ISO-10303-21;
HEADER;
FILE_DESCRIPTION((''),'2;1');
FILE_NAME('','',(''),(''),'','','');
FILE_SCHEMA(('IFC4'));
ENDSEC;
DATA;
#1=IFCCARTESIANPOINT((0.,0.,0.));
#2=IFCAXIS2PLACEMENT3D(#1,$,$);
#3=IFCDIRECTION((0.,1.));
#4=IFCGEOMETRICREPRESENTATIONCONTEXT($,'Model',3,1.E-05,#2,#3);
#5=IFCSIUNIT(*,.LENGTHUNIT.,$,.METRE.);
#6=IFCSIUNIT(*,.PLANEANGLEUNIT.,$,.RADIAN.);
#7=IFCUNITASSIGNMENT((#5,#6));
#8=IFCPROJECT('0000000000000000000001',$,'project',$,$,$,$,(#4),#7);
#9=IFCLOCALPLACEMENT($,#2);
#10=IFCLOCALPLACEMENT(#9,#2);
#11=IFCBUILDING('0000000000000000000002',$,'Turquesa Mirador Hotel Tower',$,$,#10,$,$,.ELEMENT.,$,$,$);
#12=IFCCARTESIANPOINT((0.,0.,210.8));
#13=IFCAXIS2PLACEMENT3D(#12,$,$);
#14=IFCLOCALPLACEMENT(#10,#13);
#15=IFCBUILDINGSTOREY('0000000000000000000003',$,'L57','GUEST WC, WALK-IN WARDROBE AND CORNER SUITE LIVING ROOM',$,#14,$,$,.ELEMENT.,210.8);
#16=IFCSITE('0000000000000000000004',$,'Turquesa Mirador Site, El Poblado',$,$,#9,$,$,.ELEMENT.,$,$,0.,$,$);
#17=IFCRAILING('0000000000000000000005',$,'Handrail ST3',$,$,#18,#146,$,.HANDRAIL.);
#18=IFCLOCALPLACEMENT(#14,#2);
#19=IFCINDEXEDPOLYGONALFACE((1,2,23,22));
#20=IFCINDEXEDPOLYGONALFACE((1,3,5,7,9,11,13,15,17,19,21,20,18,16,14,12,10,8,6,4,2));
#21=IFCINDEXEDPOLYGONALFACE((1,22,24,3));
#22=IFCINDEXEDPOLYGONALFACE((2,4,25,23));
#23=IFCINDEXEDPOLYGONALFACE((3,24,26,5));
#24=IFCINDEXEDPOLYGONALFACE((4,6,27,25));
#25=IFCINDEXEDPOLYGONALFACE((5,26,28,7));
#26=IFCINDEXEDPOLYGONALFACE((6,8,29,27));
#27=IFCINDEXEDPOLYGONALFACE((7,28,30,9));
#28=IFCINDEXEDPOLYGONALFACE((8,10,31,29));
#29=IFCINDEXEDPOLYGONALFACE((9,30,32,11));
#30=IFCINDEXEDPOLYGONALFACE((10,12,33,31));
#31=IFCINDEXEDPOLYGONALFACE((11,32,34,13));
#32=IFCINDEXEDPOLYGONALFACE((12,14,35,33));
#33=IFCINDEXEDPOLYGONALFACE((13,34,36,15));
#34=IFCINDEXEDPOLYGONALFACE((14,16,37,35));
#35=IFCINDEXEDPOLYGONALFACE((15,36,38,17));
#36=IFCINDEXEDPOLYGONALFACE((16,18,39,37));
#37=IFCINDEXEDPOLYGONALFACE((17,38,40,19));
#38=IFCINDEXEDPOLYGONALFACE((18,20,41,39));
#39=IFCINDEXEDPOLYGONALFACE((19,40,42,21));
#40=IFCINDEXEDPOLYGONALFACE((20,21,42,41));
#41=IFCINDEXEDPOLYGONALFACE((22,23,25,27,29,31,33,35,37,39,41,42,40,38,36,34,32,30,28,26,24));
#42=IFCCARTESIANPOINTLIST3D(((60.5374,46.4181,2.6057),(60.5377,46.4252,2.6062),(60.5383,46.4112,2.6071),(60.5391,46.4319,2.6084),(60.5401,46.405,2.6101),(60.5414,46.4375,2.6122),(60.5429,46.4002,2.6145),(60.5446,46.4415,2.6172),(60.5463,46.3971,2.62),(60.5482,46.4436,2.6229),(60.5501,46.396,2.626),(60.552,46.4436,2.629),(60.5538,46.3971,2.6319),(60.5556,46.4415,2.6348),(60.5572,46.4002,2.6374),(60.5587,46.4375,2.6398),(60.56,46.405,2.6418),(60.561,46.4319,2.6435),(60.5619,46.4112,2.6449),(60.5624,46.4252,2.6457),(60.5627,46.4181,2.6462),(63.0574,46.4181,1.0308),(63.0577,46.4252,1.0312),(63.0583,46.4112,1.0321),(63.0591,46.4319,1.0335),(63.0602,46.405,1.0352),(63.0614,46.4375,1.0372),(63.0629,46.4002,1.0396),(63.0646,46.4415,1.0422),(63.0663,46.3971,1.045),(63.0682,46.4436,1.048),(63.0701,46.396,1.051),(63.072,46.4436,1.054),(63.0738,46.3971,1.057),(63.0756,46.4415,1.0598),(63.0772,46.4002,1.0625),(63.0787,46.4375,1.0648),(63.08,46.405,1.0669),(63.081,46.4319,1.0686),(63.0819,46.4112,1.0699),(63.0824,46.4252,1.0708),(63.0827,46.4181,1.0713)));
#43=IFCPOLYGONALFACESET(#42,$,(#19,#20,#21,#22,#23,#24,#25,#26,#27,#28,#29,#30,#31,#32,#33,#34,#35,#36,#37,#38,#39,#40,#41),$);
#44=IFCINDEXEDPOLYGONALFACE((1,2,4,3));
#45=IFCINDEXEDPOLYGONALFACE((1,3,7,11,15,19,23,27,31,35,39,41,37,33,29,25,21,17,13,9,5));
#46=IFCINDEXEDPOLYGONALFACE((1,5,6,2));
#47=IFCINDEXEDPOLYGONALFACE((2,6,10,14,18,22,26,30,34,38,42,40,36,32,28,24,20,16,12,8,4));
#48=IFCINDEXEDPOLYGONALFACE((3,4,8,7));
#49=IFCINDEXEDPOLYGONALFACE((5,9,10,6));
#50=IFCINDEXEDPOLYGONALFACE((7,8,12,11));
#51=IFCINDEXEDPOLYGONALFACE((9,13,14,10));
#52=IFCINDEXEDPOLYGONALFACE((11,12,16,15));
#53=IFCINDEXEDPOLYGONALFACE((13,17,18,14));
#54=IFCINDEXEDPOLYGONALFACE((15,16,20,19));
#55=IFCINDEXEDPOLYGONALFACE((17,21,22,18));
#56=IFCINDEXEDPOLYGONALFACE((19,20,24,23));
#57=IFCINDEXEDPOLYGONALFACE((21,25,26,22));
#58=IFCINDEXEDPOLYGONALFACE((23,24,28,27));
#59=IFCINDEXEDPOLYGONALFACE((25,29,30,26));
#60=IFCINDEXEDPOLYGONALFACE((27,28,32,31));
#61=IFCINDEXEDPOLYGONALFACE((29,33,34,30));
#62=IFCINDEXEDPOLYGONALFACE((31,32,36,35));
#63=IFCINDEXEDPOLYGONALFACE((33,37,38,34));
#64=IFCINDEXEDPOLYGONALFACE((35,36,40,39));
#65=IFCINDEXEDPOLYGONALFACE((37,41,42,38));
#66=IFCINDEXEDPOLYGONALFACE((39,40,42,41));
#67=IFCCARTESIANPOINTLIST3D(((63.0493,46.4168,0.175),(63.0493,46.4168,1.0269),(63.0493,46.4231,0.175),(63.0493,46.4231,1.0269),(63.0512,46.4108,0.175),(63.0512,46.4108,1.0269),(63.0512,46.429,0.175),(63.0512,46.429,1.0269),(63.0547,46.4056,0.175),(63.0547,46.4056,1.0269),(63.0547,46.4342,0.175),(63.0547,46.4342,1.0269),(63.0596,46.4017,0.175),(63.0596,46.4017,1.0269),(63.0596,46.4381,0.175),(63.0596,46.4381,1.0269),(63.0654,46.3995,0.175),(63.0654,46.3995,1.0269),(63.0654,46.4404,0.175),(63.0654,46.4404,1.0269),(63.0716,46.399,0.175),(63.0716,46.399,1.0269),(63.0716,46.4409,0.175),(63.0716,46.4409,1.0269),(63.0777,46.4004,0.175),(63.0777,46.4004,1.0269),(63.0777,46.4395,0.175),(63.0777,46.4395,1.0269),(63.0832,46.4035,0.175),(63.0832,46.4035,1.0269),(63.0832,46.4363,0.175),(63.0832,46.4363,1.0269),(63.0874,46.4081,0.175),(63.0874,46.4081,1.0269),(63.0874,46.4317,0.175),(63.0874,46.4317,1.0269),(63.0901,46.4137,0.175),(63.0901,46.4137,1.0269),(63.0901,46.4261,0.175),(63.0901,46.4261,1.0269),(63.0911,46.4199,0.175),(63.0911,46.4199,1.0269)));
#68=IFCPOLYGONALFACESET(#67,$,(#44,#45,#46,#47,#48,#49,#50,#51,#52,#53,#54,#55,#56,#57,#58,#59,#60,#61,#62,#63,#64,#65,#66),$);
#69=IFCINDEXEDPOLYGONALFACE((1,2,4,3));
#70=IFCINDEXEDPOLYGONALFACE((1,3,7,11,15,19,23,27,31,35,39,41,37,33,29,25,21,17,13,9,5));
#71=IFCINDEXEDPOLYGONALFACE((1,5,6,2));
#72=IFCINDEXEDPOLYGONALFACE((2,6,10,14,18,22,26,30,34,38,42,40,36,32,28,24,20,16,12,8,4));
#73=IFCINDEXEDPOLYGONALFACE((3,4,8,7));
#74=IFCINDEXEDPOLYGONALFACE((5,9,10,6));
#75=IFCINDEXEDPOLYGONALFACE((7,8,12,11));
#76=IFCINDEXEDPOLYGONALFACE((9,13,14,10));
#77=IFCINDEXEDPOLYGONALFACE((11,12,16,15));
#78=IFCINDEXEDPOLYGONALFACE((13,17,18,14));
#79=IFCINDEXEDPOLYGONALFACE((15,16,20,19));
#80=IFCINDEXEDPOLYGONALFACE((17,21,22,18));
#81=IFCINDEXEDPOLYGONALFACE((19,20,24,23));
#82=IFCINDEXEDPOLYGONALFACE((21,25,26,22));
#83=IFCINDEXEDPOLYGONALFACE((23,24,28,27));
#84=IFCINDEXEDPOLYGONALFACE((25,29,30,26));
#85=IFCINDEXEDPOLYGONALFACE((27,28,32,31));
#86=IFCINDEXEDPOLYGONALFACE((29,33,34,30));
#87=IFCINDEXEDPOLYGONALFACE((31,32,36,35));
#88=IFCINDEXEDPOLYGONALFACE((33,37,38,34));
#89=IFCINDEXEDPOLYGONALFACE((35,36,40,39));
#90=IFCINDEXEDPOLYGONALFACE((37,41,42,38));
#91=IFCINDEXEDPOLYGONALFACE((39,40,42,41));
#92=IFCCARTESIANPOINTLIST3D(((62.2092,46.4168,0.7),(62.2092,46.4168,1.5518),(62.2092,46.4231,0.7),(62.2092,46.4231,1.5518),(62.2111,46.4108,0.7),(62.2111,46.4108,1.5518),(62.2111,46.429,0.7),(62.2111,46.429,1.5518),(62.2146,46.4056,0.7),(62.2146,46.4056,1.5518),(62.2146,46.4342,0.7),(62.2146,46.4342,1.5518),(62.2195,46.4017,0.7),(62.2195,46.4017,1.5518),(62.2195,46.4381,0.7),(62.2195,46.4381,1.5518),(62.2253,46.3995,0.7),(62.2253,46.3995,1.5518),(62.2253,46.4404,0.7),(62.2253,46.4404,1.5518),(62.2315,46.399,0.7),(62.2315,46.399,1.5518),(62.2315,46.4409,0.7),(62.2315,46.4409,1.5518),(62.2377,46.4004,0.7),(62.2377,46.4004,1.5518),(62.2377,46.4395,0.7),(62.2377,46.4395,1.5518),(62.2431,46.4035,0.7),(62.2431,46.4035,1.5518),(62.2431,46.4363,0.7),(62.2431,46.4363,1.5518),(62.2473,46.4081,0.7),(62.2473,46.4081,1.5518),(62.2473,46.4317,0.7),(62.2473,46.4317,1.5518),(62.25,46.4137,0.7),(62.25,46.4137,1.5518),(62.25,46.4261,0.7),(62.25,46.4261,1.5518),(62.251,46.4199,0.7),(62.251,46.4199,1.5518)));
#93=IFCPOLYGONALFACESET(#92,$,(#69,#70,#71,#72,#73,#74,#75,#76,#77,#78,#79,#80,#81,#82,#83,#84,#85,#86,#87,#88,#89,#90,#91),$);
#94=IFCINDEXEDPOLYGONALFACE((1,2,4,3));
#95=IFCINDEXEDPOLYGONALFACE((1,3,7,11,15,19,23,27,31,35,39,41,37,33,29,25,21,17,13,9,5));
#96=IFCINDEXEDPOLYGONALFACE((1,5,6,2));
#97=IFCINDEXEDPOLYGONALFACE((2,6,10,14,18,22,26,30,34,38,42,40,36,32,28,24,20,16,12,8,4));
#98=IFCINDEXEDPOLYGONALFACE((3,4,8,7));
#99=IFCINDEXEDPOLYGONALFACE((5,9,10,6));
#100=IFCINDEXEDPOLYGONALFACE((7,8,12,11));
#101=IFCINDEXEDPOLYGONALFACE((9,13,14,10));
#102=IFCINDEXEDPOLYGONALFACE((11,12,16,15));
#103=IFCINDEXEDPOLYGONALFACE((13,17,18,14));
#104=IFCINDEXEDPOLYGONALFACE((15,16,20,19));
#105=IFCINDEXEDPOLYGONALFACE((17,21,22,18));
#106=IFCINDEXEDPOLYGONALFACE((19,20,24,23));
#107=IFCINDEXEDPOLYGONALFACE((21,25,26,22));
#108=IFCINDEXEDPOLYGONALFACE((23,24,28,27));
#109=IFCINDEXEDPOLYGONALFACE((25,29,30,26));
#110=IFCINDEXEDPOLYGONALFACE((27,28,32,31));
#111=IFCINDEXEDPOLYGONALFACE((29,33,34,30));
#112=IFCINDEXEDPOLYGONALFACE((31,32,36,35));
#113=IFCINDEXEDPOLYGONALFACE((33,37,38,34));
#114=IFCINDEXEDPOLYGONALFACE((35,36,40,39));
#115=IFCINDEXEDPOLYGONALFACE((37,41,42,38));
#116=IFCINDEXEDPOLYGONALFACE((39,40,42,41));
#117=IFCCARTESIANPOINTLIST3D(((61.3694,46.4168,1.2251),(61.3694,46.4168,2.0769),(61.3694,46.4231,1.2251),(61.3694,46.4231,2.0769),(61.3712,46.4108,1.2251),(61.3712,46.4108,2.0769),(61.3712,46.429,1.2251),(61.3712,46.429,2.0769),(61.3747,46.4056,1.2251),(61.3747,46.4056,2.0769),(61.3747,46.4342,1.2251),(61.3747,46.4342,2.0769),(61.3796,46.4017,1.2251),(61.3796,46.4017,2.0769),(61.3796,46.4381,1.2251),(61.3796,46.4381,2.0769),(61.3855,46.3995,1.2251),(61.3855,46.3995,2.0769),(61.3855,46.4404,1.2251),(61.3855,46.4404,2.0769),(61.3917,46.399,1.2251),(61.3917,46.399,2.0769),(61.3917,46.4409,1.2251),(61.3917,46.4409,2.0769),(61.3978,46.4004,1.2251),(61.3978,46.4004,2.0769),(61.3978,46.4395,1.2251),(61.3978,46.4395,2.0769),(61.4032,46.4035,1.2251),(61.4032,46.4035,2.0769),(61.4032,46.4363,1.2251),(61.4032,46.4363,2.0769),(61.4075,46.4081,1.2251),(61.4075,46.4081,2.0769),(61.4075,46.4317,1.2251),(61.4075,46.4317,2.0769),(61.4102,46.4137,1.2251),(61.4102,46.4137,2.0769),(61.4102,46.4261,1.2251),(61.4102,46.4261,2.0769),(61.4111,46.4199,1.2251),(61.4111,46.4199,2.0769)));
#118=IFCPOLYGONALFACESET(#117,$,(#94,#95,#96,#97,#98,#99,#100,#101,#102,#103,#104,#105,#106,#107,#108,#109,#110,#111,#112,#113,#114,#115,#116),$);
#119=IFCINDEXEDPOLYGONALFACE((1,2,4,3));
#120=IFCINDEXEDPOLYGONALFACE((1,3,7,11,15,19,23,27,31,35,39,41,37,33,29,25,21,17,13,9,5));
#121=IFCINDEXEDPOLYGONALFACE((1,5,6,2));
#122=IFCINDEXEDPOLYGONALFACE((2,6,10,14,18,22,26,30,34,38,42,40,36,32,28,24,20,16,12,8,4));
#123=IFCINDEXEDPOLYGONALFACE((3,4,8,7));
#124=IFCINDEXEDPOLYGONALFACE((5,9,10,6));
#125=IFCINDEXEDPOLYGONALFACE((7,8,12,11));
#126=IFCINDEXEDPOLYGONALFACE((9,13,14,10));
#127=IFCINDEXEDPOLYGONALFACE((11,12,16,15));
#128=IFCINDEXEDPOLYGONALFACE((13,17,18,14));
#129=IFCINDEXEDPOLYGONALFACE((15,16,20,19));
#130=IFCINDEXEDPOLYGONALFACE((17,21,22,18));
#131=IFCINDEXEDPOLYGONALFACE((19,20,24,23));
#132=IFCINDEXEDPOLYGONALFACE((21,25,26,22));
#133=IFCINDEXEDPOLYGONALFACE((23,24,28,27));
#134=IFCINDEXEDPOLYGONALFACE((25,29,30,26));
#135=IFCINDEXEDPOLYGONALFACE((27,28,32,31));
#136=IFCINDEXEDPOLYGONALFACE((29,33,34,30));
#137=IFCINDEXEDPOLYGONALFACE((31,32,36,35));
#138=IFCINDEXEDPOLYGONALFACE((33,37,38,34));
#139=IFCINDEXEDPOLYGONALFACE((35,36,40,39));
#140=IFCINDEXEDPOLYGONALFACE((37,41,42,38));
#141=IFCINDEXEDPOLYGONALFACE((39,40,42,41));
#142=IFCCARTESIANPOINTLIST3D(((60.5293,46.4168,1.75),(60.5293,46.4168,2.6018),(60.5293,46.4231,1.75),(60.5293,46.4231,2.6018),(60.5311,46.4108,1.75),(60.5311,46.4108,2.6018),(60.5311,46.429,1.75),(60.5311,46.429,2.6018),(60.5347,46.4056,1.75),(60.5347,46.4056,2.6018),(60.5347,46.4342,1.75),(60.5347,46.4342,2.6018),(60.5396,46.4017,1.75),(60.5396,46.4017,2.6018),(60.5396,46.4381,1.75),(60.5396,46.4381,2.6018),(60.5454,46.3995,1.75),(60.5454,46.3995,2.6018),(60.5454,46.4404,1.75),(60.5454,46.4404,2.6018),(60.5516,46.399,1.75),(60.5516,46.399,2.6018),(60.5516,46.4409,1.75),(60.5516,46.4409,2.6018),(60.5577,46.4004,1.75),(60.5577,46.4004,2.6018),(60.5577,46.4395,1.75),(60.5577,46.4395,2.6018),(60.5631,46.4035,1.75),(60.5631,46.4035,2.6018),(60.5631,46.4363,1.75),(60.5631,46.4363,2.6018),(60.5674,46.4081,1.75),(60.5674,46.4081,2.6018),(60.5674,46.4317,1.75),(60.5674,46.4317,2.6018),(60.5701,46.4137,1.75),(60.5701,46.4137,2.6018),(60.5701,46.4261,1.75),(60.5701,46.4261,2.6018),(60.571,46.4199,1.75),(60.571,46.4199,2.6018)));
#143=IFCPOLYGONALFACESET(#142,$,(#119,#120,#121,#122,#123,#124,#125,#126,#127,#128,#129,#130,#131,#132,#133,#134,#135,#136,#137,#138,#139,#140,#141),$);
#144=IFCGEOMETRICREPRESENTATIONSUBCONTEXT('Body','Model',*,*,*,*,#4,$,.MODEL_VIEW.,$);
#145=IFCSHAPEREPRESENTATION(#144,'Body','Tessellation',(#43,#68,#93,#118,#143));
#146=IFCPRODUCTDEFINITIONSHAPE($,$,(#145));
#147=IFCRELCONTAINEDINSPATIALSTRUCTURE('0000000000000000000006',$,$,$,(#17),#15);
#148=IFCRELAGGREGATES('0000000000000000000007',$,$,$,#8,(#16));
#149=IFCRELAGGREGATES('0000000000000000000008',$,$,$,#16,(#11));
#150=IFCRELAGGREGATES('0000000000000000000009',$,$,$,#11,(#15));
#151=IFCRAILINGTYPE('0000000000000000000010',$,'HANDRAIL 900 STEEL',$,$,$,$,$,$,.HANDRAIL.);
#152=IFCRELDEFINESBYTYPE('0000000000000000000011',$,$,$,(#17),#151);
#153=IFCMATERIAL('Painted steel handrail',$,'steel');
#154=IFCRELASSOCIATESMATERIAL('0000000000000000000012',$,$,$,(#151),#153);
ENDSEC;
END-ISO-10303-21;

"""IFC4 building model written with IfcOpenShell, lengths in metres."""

from ifc_helpers import new_model, si_unit, direction, frame, origin, origin_2d, place, context, subcontext, project, spatial, circle, extrude, material, type_object, element, save


model = new_model("IFC4")

# Units and contexts
model_context = context("Model", 3, precision=1e-05, world=origin(), true_north=direction((0.0, 1.0)))
body_context = subcontext(model_context, "Body", "Model", "MODEL_VIEW")
ifc_project = project(units=[si_unit("LENGTHUNIT", "METRE"), si_unit("PLANEANGLEUNIT", "RADIAN")], contexts=[model_context])

# Site, building, storey
site_placement = place(None, origin())
site = spatial("IfcSite", under=ifc_project, at=site_placement, Name="Turquesa Mirador Site, El Poblado", CompositionType="ELEMENT", RefElevation=0.0)
building_placement = place(site_placement, origin())
building = spatial("IfcBuilding", under=site, at=building_placement, Name="Turquesa Mirador Hotel Tower", CompositionType="ELEMENT")
storey_placement = place(building_placement, frame((0.0, 0.0, 210.8)))
storey = spatial("IfcBuildingStorey", under=building, at=storey_placement, Name="L57", Description="GUEST WC, WALK-IN WARDROBE AND CORNER SUITE LIVING ROOM", CompositionType="ELEMENT", Elevation=210.8)

# Railing
ifc_material_1 = material(Name="Painted steel handrail", Category="steel")
railing_type = type_object("IfcRailingType", Name="HANDRAIL 900 STEEL", PredefinedType="HANDRAIL", material=ifc_material_1)
railing_1_placement = place(storey_placement, frame((63.0701, 46.4199, 0.175)))
element("IfcRailing", 1, at=railing_1_placement, inside=storey, type_object=railing_type, Name="Handrail ST3", PredefinedType="HANDRAIL", context=body_context, shape_type="SweptSolid", body=[
    extrude(circle(Radius=0.0239, at=origin_2d()), frame((0.0, 0.0, 0.876), z_axis=(-0.848008, 0.0, 0.529984), x_axis=(0.0, -1.0, 0.0)), (0.0, 0.0, 1.0), 2.9717),
    extrude(circle(Radius=0.021, at=origin_2d()), origin(), (0.0, 0.0, 1.0), 0.8518),
    extrude(circle(Radius=0.021, at=origin_2d()), frame((-0.8401, 0.0, 0.5249)), (0.0, 0.0, 1.0), 0.8518),
    extrude(circle(Radius=0.021, at=origin_2d()), frame((-1.6799, 0.0, 1.05)), (0.0, 0.0, 1.0), 0.8518),
    extrude(circle(Radius=0.021, at=origin_2d()), frame((-2.52, 0.0, 1.575)), (0.0, 0.0, 1.0), 0.8518),
])

save(model, "model.ifc")
